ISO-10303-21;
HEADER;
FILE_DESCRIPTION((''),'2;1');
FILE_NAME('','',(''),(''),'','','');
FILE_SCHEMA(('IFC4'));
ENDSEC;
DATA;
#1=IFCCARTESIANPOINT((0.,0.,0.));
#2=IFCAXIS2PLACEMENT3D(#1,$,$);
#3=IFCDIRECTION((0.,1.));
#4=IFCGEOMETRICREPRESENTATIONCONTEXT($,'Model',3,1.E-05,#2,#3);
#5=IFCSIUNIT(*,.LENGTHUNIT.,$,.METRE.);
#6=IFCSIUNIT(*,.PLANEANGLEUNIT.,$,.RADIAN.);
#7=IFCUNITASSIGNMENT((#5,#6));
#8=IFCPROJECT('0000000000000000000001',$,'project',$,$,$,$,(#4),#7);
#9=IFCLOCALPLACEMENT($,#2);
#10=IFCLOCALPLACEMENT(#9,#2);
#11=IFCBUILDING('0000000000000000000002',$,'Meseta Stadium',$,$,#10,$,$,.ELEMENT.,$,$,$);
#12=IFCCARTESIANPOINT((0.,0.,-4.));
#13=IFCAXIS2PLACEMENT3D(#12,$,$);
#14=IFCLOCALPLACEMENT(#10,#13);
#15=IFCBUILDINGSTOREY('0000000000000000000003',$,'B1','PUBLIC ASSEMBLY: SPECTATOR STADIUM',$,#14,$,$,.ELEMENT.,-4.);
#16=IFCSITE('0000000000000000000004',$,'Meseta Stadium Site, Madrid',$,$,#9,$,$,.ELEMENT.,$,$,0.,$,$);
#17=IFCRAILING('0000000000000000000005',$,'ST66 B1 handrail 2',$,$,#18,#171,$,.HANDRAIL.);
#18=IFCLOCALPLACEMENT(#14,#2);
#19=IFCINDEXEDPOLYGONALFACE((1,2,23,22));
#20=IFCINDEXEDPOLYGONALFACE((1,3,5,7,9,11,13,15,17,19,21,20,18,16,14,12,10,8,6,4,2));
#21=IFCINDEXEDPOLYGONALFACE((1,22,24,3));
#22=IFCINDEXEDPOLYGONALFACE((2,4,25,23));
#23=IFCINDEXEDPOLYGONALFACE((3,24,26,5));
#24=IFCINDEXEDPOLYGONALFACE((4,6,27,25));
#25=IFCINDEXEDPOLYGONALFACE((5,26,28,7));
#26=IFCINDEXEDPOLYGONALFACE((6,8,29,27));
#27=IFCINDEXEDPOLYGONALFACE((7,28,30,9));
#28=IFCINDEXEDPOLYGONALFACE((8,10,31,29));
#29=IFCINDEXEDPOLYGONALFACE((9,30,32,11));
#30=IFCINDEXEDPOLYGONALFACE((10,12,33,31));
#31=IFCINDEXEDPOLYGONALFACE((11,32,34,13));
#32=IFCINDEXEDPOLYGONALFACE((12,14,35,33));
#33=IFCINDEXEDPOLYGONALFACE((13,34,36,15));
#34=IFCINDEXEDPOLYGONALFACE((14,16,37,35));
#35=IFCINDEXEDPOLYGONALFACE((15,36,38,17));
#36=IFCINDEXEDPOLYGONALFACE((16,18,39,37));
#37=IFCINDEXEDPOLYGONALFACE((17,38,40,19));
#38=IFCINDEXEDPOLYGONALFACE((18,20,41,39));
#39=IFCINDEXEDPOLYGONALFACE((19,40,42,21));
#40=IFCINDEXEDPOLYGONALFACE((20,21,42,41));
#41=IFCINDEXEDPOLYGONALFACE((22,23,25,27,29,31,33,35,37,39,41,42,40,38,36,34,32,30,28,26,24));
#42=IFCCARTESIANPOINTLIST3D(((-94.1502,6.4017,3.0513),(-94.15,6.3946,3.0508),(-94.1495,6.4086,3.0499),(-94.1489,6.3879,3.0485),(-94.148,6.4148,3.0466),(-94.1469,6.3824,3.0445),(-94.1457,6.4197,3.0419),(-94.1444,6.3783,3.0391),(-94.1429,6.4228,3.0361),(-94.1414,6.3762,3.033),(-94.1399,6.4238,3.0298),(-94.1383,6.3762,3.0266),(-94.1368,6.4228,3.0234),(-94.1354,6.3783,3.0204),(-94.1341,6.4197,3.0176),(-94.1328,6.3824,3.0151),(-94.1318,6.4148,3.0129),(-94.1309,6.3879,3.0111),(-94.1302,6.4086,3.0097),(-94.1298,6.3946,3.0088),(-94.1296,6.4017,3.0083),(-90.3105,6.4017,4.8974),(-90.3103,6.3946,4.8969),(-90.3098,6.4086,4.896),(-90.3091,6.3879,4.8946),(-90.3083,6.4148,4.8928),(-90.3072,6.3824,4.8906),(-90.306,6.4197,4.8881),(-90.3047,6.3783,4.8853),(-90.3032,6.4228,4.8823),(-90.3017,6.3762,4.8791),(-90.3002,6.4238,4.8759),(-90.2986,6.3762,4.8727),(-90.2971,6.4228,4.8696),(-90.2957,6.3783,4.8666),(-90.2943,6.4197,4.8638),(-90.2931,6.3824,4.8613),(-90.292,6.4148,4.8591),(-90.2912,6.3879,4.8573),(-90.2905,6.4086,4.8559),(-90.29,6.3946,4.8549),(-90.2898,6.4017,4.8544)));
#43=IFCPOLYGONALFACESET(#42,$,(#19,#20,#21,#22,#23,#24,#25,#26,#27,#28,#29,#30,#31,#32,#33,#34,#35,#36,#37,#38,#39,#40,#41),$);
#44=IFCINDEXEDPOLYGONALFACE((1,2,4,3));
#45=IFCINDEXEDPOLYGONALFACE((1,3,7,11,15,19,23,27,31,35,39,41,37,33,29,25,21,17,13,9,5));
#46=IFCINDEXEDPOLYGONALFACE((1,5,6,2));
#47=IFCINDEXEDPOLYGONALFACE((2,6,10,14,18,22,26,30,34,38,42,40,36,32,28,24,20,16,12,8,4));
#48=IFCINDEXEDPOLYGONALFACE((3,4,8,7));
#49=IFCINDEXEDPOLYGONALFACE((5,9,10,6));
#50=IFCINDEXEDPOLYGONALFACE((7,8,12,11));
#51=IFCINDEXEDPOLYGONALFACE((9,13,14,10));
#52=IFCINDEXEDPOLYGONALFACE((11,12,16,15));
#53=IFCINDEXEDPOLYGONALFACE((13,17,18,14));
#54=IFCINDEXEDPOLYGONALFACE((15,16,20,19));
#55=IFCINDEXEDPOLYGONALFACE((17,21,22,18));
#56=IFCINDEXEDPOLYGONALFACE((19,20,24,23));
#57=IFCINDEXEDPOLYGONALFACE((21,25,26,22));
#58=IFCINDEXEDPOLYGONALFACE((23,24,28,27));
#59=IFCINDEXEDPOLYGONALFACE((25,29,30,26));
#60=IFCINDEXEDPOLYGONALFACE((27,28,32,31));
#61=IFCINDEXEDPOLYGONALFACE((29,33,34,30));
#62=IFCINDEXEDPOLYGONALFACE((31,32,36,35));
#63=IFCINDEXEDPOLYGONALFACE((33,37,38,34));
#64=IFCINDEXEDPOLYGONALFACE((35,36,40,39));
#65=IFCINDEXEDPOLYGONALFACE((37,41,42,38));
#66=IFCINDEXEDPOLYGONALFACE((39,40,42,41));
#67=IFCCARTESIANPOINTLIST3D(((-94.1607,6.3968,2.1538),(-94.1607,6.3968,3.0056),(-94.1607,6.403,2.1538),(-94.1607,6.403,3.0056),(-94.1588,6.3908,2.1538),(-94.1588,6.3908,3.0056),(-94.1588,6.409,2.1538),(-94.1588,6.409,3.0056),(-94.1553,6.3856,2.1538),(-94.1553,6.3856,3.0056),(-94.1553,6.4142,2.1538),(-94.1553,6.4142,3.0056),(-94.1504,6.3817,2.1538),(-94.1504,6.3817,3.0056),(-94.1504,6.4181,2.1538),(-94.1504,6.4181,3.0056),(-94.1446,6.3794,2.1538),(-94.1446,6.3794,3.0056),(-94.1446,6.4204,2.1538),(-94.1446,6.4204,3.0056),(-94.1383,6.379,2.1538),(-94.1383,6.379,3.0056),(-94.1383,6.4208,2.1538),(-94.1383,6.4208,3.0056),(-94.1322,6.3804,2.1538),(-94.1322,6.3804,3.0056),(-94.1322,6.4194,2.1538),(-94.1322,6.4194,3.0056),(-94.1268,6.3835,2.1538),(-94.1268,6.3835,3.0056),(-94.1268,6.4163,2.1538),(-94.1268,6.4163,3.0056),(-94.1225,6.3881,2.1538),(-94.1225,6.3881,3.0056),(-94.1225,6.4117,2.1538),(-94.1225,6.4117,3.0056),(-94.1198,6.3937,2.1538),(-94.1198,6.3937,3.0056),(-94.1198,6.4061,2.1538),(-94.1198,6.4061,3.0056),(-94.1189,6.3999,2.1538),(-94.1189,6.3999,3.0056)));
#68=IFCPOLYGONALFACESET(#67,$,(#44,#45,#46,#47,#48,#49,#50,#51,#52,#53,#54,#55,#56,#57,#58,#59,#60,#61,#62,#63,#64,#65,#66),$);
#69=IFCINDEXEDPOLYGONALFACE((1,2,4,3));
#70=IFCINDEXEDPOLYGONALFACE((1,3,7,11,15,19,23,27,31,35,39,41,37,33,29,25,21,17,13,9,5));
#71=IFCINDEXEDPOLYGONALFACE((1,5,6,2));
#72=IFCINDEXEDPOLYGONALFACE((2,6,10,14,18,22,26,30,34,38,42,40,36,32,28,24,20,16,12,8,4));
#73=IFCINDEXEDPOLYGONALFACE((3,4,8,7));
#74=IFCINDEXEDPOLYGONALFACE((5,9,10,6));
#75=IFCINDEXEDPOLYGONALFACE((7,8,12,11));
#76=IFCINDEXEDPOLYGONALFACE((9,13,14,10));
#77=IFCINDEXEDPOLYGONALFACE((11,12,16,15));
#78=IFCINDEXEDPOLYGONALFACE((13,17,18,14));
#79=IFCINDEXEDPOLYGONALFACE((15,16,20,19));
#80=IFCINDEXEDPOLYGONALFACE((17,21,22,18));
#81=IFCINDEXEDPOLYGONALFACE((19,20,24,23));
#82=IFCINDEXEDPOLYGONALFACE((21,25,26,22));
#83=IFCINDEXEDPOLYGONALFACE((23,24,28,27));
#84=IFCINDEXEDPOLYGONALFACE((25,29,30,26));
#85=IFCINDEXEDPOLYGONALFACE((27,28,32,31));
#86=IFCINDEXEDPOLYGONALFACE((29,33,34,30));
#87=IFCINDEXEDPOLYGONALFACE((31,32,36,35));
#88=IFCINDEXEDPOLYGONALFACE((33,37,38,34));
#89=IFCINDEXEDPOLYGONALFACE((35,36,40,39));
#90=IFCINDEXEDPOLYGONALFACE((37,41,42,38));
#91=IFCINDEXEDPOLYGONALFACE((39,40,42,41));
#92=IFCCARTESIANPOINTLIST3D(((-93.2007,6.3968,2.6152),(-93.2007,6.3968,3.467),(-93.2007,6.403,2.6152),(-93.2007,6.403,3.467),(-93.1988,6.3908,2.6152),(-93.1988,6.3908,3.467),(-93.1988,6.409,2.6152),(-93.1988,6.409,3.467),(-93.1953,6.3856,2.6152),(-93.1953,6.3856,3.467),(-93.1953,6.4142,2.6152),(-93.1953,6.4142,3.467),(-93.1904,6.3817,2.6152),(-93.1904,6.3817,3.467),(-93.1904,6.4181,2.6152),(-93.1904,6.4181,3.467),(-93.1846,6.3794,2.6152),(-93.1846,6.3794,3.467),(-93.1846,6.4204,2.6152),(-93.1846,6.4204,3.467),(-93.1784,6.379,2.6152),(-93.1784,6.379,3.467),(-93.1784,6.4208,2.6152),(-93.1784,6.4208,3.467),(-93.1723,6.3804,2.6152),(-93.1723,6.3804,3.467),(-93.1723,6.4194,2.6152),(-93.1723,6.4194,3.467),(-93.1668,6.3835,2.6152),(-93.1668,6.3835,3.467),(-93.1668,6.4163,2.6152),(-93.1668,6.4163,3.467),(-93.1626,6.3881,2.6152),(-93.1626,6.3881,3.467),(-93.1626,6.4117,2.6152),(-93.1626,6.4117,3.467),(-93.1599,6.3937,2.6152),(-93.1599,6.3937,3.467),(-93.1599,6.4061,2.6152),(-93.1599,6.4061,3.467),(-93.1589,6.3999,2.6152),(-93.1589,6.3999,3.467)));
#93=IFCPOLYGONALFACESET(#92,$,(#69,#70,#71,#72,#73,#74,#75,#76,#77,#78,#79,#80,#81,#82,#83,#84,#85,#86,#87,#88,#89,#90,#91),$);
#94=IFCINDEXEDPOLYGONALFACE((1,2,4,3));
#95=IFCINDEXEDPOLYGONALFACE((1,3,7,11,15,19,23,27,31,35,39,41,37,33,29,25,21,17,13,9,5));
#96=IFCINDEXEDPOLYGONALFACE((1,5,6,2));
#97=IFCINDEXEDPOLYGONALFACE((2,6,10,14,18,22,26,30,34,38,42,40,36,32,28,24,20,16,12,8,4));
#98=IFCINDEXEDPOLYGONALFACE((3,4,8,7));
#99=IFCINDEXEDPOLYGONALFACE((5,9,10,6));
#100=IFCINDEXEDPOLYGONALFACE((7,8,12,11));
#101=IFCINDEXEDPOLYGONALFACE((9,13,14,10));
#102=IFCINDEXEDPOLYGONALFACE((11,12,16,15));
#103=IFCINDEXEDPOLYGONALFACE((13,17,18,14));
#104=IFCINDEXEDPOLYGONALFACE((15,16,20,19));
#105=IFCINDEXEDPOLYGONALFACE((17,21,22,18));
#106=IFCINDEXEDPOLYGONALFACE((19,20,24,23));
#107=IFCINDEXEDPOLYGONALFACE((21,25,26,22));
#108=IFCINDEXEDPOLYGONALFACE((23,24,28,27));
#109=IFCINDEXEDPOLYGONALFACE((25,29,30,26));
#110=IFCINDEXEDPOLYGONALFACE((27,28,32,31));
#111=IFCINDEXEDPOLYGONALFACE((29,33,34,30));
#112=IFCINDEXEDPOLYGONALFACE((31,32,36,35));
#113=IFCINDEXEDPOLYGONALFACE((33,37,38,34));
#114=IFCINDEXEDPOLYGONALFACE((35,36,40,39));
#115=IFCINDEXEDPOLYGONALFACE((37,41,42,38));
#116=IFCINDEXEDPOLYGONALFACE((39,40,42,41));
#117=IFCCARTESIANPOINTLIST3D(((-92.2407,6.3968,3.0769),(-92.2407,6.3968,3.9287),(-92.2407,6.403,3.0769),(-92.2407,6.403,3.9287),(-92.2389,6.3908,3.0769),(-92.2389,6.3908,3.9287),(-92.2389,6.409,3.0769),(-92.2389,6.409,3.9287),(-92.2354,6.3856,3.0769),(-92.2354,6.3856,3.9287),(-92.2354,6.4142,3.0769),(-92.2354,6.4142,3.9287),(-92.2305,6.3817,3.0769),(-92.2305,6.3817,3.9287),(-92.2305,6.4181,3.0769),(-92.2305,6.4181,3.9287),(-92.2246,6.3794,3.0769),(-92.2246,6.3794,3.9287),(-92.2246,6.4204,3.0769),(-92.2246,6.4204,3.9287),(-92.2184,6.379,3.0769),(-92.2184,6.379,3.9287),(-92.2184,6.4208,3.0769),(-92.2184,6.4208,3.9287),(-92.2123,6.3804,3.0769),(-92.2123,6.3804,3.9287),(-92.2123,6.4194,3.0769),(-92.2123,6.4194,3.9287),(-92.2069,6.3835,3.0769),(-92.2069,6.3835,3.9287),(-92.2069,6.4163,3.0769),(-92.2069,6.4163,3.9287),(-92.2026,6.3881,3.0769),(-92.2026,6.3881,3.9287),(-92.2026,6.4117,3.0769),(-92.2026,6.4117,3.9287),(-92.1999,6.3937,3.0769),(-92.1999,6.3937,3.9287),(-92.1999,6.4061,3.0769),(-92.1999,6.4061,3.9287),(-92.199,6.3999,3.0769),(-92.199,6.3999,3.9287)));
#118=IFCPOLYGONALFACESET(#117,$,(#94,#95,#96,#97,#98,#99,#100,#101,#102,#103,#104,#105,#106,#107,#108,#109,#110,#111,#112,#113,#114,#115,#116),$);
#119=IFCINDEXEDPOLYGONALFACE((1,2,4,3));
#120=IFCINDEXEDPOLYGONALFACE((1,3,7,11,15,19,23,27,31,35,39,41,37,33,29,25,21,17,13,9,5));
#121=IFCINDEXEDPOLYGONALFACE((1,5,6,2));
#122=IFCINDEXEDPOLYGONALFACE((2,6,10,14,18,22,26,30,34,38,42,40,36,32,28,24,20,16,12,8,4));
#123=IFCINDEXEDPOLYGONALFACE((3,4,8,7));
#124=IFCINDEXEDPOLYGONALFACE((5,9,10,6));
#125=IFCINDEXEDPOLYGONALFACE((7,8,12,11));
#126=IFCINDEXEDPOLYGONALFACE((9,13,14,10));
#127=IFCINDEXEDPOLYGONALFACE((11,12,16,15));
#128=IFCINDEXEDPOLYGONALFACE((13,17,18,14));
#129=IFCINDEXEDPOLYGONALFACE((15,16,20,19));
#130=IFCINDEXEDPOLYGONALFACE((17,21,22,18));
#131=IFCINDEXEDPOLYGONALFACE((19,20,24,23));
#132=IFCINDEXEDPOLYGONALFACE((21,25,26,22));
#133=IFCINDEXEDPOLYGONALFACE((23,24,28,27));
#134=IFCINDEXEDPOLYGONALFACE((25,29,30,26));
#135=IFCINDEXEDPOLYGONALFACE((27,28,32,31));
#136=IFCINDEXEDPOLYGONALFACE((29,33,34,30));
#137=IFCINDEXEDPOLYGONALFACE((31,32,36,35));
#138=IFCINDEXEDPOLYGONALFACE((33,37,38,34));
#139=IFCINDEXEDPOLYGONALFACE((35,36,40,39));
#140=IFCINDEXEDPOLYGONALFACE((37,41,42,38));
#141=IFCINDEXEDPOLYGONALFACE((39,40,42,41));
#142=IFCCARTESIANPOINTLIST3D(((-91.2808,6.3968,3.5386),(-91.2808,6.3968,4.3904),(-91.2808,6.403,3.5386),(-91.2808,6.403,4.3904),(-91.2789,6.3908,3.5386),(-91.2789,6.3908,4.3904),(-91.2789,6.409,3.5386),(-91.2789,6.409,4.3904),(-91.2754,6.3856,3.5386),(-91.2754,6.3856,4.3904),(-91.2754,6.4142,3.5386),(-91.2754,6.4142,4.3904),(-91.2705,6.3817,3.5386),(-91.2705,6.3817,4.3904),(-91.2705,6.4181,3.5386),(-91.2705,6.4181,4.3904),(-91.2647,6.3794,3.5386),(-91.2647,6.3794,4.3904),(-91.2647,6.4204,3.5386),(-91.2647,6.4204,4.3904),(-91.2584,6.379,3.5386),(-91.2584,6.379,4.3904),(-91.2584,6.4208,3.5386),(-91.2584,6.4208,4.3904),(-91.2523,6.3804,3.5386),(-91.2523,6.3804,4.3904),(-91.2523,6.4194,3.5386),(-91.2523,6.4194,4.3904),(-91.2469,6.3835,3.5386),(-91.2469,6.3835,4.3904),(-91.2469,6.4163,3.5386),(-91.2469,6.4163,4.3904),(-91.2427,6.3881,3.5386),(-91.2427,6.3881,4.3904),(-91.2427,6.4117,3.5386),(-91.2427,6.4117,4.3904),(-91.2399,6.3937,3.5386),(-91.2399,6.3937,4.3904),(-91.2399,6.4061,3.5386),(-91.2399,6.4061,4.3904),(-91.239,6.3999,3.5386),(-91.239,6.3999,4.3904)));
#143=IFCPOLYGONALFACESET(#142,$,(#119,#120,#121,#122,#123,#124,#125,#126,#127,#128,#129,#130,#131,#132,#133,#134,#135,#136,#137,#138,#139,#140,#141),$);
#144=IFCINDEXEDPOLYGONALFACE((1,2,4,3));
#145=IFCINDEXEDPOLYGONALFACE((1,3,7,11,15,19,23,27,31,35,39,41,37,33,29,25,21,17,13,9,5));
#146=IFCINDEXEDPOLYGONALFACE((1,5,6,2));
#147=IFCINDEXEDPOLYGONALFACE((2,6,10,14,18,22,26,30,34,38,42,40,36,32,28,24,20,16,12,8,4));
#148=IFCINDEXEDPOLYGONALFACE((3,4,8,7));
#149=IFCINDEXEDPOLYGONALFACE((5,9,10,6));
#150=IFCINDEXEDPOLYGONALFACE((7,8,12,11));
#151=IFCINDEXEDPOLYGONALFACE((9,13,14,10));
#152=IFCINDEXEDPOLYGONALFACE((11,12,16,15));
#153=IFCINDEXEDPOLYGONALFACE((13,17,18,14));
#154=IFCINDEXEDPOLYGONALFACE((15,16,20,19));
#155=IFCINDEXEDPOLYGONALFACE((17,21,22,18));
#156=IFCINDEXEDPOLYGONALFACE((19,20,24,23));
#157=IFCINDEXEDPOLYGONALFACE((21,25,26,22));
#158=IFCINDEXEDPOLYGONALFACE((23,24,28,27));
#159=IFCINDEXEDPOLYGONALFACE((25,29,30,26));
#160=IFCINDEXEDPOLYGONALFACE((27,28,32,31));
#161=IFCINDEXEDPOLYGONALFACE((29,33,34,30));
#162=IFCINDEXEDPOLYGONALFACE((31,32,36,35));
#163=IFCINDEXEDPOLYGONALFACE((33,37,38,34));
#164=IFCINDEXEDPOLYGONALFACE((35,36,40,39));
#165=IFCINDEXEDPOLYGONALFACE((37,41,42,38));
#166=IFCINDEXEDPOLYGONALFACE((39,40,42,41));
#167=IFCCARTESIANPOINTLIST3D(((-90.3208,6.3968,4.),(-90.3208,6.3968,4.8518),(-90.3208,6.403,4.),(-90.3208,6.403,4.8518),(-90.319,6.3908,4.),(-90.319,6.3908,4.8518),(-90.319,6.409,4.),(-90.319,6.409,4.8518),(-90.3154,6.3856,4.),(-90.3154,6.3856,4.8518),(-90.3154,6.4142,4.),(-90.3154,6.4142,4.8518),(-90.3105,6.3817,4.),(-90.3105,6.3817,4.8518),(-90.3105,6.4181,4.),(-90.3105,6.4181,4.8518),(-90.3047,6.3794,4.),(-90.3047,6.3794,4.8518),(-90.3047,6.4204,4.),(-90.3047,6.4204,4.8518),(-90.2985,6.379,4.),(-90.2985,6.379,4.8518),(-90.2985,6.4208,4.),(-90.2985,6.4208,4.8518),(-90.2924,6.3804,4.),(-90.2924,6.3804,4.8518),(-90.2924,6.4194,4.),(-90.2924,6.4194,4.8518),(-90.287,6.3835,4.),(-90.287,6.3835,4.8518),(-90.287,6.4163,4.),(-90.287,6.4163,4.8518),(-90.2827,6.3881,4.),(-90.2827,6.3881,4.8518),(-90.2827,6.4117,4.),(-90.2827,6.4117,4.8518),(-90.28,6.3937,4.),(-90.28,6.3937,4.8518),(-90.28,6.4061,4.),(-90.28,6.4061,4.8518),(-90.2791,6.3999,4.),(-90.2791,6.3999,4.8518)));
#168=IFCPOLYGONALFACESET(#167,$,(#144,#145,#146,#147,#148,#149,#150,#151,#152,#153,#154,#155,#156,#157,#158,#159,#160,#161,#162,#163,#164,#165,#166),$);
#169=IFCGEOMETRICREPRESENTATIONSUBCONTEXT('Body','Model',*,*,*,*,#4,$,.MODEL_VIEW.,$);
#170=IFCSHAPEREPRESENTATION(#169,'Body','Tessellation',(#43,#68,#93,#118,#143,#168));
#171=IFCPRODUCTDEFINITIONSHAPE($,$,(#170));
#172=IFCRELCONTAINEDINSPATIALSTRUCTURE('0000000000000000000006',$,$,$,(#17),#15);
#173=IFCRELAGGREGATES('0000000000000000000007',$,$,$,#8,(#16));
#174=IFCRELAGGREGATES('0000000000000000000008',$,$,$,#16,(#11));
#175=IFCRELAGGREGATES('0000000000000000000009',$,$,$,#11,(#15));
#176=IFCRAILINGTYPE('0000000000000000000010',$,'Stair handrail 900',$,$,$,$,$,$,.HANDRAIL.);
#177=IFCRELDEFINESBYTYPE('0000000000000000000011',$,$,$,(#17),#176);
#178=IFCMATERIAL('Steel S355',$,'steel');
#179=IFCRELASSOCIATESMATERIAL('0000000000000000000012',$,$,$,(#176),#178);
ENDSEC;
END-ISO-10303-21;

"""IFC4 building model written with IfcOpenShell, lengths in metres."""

from ifc_helpers import new_model, si_unit, direction, frame, origin, origin_2d, place, context, subcontext, project, spatial, circle, extrude, material, type_object, element, save


model = new_model("IFC4")

# Units and contexts
model_context = context("Model", 3, precision=1e-05, world=origin(), true_north=direction((0.0, 1.0)))
body_context = subcontext(model_context, "Body", "Model", "MODEL_VIEW")
ifc_project = project(units=[si_unit("LENGTHUNIT", "METRE"), si_unit("PLANEANGLEUNIT", "RADIAN")], contexts=[model_context])

# Site, building, storey
site_placement = place(None, origin())
site = spatial("IfcSite", under=ifc_project, at=site_placement, Name="Meseta Stadium Site, Madrid", CompositionType="ELEMENT", RefElevation=0.0)
building_placement = place(site_placement, origin())
building = spatial("IfcBuilding", under=site, at=building_placement, Name="Meseta Stadium", CompositionType="ELEMENT")
storey_placement = place(building_placement, frame((0.0, 0.0, -4.0)))
storey = spatial("IfcBuildingStorey", under=building, at=storey_placement, Name="B1", Description="PUBLIC ASSEMBLY: SPECTATOR STADIUM", CompositionType="ELEMENT", Elevation=-4.0)

# Railing
ifc_material_1 = material(Name="Steel S355", Category="steel")
railing_type_1 = type_object("IfcRailingType", Name="Stair handrail 900", PredefinedType="HANDRAIL", material=ifc_material_1)
for number, where, name in (
    (1, (-94.1399, 6.3999, 2.1538), "ST66 B1 handrail 2"),
):
    element("IfcRailing", number, at=place(storey_placement, frame(where)), inside=storey, type_object=railing_type_1, Name=name, PredefinedType="HANDRAIL", context=body_context, shape_type="SweptSolid", body=[
        extrude(circle(Radius=0.0239, at=origin_2d()), frame((0.0, 0.0, 0.876), z_axis=(0.901242, 0.0, 0.433316), x_axis=(0.0, 1.0, 0.0)), (0.0, 0.0, 1.0), 4.2605),
        extrude(circle(Radius=0.021, at=origin_2d()), origin(), (0.0, 0.0, 1.0), 0.8518),
        extrude(circle(Radius=0.021, at=origin_2d()), frame((0.96, 0.0, 0.4614)), (0.0, 0.0, 1.0), 0.8518),
        extrude(circle(Radius=0.021, at=origin_2d()), frame((1.9199, 0.0, 0.9231)), (0.0, 0.0, 1.0), 0.8518),
        extrude(circle(Radius=0.021, at=origin_2d()), frame((2.8799, 0.0, 1.3848)), (0.0, 0.0, 1.0), 0.8518),
        extrude(circle(Radius=0.021, at=origin_2d()), frame((3.8398, 0.0, 1.8462)), (0.0, 0.0, 1.0), 0.8518),
    ])

save(model, "model.ifc")
